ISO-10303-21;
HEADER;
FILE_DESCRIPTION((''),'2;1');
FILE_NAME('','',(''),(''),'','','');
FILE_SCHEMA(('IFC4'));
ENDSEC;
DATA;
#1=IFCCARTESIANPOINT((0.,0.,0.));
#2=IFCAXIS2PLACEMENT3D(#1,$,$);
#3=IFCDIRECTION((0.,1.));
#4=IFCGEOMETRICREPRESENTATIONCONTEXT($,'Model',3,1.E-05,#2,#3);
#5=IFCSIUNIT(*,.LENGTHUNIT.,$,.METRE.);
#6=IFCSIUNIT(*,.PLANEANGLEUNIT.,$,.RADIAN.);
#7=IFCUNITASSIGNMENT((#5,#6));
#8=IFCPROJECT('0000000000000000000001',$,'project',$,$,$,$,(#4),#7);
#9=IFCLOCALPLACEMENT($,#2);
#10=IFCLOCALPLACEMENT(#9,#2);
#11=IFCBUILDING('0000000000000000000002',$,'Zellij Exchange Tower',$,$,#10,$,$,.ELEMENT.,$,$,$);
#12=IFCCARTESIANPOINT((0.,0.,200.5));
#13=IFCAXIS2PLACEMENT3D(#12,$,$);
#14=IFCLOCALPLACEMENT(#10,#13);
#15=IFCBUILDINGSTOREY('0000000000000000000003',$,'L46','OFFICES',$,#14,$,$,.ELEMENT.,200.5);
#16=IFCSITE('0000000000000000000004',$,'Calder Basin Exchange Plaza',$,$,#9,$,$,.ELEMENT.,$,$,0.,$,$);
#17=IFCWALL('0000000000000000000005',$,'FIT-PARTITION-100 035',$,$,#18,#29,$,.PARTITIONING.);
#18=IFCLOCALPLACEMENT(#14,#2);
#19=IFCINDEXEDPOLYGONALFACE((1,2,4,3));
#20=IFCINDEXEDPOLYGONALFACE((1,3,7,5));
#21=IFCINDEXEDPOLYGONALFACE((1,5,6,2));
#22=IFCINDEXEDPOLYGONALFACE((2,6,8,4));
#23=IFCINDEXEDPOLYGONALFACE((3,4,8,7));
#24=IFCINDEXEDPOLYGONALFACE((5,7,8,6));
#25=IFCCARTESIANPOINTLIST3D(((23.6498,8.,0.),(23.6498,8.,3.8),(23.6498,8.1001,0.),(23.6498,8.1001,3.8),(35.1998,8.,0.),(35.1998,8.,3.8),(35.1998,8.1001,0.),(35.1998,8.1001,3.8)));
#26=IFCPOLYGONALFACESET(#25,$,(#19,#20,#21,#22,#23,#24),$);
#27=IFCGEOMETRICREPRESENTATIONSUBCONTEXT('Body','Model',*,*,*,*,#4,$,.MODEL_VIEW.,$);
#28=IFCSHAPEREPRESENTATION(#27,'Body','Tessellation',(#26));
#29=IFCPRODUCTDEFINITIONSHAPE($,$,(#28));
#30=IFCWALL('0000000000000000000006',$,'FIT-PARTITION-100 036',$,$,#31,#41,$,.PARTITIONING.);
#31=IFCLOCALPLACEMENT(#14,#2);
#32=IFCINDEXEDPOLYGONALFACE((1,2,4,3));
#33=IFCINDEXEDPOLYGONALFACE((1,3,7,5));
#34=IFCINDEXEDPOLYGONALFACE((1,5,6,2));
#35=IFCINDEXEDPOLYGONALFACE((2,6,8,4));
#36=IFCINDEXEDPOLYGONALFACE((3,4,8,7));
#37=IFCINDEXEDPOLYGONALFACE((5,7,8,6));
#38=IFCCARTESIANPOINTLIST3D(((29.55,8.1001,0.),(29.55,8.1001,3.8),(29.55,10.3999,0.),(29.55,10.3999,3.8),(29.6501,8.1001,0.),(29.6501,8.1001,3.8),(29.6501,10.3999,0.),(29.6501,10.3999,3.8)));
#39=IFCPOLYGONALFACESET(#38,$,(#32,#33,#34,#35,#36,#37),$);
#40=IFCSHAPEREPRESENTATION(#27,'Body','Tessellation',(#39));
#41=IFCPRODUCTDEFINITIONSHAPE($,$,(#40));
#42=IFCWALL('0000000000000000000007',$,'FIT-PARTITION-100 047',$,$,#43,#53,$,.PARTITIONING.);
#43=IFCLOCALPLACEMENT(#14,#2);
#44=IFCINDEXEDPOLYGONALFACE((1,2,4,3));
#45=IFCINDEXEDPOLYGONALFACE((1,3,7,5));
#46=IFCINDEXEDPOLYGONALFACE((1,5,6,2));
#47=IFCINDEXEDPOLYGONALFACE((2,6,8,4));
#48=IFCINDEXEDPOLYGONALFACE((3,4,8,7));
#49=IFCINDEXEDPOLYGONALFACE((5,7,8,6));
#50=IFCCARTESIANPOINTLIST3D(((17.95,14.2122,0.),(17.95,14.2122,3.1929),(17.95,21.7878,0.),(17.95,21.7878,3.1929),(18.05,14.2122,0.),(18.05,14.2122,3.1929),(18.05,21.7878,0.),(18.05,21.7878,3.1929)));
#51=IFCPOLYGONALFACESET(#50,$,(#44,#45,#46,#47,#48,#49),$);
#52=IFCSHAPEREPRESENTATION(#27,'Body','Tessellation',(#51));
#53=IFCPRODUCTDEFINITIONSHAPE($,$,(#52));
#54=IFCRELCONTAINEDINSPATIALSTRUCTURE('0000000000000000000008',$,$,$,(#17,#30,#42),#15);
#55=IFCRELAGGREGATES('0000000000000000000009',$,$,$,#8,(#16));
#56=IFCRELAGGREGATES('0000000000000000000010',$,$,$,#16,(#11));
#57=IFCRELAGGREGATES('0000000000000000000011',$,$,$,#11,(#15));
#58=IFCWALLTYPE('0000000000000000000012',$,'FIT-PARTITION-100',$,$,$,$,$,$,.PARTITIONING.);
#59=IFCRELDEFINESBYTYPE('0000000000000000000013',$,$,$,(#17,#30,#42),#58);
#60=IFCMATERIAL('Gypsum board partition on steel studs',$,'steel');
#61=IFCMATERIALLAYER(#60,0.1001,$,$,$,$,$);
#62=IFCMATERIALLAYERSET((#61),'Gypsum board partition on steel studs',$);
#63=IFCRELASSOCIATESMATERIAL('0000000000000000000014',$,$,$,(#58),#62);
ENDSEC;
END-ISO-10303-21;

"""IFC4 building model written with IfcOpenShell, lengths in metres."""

from ifc_helpers import new_model, si_unit, direction, frame, frame_2d, origin, place, context, subcontext, project, spatial, rectangle, extrude, material, layer, layer_set, type_object, element, save


model = new_model("IFC4")

# Units and contexts
model_context = context("Model", 3, precision=1e-05, world=origin(), true_north=direction((0.0, 1.0)))
body_context = subcontext(model_context, "Body", "Model", "MODEL_VIEW")
ifc_project = project(units=[si_unit("LENGTHUNIT", "METRE"), si_unit("PLANEANGLEUNIT", "RADIAN")], contexts=[model_context])

# Site, building, storey
site_placement = place(None, origin())
site = spatial("IfcSite", under=ifc_project, at=site_placement, Name="Calder Basin Exchange Plaza", CompositionType="ELEMENT", RefElevation=0.0)
building_placement = place(site_placement, origin())
building = spatial("IfcBuilding", under=site, at=building_placement, Name="Zellij Exchange Tower", CompositionType="ELEMENT")
storey_placement = place(building_placement, frame((0.0, 0.0, 200.5)))
storey = spatial("IfcBuildingStorey", under=building, at=storey_placement, Name="L46", Description="OFFICES", CompositionType="ELEMENT", Elevation=200.5)

# Shared definitions
ifc_material_1 = material(Name="Gypsum board partition on steel studs", Category="steel")
ifc_layer = layer(ifc_material_1, 0.1001)
ifc_layer_set = layer_set([ifc_layer], Name="Gypsum board partition on steel studs")
wall_type = type_object("IfcWallType", Name="FIT-PARTITION-100", PredefinedType="PARTITIONING", material=ifc_layer_set)

# Walls
wall_1_placement = place(storey_placement, frame((23.6499, 8.05, 0.0), z_axis=(0.0, 0.0, 1.0), x_axis=(1.0, 0.0, 0.0)))
element("IfcWall", 1, at=wall_1_placement, inside=storey, type_object=wall_type, Name="FIT-PARTITION-100 035", PredefinedType="PARTITIONING", context=body_context, shape_type="SweptSolid", body=[
    extrude(rectangle(XDim=11.55, YDim=0.1001, at=frame_2d((5.7749, 0.0))), origin(), (0.0, 0.0, 1.0), 3.8),
])
wall_2_placement = place(storey_placement, frame((29.6001, 8.1001, 0.0), z_axis=(0.0, 0.0, 1.0), x_axis=(0.0, 1.0, 0.0)))
element("IfcWall", 2, at=wall_2_placement, inside=storey, type_object=wall_type, Name="FIT-PARTITION-100 036", PredefinedType="PARTITIONING", context=body_context, shape_type="SweptSolid", body=[
    extrude(rectangle(XDim=2.2998, YDim=0.1001, at=frame_2d((1.1499, 0.0))), origin(), (0.0, 0.0, 1.0), 3.8),
])
wall_3_placement = place(storey_placement, frame((18.0, 14.2122, 0.0), z_axis=(0.0, 0.0, 1.0), x_axis=(0.0, 1.0, 0.0)))
element("IfcWall", 3, at=wall_3_placement, inside=storey, type_object=wall_type, Name="FIT-PARTITION-100 047", PredefinedType="PARTITIONING", context=body_context, shape_type="SweptSolid", body=[
    extrude(rectangle(XDim=7.5757, YDim=0.1001, at=frame_2d((3.7878, 0.0))), origin(), (0.0, 0.0, 1.0), 3.1929),
])

save(model, "model.ifc")
